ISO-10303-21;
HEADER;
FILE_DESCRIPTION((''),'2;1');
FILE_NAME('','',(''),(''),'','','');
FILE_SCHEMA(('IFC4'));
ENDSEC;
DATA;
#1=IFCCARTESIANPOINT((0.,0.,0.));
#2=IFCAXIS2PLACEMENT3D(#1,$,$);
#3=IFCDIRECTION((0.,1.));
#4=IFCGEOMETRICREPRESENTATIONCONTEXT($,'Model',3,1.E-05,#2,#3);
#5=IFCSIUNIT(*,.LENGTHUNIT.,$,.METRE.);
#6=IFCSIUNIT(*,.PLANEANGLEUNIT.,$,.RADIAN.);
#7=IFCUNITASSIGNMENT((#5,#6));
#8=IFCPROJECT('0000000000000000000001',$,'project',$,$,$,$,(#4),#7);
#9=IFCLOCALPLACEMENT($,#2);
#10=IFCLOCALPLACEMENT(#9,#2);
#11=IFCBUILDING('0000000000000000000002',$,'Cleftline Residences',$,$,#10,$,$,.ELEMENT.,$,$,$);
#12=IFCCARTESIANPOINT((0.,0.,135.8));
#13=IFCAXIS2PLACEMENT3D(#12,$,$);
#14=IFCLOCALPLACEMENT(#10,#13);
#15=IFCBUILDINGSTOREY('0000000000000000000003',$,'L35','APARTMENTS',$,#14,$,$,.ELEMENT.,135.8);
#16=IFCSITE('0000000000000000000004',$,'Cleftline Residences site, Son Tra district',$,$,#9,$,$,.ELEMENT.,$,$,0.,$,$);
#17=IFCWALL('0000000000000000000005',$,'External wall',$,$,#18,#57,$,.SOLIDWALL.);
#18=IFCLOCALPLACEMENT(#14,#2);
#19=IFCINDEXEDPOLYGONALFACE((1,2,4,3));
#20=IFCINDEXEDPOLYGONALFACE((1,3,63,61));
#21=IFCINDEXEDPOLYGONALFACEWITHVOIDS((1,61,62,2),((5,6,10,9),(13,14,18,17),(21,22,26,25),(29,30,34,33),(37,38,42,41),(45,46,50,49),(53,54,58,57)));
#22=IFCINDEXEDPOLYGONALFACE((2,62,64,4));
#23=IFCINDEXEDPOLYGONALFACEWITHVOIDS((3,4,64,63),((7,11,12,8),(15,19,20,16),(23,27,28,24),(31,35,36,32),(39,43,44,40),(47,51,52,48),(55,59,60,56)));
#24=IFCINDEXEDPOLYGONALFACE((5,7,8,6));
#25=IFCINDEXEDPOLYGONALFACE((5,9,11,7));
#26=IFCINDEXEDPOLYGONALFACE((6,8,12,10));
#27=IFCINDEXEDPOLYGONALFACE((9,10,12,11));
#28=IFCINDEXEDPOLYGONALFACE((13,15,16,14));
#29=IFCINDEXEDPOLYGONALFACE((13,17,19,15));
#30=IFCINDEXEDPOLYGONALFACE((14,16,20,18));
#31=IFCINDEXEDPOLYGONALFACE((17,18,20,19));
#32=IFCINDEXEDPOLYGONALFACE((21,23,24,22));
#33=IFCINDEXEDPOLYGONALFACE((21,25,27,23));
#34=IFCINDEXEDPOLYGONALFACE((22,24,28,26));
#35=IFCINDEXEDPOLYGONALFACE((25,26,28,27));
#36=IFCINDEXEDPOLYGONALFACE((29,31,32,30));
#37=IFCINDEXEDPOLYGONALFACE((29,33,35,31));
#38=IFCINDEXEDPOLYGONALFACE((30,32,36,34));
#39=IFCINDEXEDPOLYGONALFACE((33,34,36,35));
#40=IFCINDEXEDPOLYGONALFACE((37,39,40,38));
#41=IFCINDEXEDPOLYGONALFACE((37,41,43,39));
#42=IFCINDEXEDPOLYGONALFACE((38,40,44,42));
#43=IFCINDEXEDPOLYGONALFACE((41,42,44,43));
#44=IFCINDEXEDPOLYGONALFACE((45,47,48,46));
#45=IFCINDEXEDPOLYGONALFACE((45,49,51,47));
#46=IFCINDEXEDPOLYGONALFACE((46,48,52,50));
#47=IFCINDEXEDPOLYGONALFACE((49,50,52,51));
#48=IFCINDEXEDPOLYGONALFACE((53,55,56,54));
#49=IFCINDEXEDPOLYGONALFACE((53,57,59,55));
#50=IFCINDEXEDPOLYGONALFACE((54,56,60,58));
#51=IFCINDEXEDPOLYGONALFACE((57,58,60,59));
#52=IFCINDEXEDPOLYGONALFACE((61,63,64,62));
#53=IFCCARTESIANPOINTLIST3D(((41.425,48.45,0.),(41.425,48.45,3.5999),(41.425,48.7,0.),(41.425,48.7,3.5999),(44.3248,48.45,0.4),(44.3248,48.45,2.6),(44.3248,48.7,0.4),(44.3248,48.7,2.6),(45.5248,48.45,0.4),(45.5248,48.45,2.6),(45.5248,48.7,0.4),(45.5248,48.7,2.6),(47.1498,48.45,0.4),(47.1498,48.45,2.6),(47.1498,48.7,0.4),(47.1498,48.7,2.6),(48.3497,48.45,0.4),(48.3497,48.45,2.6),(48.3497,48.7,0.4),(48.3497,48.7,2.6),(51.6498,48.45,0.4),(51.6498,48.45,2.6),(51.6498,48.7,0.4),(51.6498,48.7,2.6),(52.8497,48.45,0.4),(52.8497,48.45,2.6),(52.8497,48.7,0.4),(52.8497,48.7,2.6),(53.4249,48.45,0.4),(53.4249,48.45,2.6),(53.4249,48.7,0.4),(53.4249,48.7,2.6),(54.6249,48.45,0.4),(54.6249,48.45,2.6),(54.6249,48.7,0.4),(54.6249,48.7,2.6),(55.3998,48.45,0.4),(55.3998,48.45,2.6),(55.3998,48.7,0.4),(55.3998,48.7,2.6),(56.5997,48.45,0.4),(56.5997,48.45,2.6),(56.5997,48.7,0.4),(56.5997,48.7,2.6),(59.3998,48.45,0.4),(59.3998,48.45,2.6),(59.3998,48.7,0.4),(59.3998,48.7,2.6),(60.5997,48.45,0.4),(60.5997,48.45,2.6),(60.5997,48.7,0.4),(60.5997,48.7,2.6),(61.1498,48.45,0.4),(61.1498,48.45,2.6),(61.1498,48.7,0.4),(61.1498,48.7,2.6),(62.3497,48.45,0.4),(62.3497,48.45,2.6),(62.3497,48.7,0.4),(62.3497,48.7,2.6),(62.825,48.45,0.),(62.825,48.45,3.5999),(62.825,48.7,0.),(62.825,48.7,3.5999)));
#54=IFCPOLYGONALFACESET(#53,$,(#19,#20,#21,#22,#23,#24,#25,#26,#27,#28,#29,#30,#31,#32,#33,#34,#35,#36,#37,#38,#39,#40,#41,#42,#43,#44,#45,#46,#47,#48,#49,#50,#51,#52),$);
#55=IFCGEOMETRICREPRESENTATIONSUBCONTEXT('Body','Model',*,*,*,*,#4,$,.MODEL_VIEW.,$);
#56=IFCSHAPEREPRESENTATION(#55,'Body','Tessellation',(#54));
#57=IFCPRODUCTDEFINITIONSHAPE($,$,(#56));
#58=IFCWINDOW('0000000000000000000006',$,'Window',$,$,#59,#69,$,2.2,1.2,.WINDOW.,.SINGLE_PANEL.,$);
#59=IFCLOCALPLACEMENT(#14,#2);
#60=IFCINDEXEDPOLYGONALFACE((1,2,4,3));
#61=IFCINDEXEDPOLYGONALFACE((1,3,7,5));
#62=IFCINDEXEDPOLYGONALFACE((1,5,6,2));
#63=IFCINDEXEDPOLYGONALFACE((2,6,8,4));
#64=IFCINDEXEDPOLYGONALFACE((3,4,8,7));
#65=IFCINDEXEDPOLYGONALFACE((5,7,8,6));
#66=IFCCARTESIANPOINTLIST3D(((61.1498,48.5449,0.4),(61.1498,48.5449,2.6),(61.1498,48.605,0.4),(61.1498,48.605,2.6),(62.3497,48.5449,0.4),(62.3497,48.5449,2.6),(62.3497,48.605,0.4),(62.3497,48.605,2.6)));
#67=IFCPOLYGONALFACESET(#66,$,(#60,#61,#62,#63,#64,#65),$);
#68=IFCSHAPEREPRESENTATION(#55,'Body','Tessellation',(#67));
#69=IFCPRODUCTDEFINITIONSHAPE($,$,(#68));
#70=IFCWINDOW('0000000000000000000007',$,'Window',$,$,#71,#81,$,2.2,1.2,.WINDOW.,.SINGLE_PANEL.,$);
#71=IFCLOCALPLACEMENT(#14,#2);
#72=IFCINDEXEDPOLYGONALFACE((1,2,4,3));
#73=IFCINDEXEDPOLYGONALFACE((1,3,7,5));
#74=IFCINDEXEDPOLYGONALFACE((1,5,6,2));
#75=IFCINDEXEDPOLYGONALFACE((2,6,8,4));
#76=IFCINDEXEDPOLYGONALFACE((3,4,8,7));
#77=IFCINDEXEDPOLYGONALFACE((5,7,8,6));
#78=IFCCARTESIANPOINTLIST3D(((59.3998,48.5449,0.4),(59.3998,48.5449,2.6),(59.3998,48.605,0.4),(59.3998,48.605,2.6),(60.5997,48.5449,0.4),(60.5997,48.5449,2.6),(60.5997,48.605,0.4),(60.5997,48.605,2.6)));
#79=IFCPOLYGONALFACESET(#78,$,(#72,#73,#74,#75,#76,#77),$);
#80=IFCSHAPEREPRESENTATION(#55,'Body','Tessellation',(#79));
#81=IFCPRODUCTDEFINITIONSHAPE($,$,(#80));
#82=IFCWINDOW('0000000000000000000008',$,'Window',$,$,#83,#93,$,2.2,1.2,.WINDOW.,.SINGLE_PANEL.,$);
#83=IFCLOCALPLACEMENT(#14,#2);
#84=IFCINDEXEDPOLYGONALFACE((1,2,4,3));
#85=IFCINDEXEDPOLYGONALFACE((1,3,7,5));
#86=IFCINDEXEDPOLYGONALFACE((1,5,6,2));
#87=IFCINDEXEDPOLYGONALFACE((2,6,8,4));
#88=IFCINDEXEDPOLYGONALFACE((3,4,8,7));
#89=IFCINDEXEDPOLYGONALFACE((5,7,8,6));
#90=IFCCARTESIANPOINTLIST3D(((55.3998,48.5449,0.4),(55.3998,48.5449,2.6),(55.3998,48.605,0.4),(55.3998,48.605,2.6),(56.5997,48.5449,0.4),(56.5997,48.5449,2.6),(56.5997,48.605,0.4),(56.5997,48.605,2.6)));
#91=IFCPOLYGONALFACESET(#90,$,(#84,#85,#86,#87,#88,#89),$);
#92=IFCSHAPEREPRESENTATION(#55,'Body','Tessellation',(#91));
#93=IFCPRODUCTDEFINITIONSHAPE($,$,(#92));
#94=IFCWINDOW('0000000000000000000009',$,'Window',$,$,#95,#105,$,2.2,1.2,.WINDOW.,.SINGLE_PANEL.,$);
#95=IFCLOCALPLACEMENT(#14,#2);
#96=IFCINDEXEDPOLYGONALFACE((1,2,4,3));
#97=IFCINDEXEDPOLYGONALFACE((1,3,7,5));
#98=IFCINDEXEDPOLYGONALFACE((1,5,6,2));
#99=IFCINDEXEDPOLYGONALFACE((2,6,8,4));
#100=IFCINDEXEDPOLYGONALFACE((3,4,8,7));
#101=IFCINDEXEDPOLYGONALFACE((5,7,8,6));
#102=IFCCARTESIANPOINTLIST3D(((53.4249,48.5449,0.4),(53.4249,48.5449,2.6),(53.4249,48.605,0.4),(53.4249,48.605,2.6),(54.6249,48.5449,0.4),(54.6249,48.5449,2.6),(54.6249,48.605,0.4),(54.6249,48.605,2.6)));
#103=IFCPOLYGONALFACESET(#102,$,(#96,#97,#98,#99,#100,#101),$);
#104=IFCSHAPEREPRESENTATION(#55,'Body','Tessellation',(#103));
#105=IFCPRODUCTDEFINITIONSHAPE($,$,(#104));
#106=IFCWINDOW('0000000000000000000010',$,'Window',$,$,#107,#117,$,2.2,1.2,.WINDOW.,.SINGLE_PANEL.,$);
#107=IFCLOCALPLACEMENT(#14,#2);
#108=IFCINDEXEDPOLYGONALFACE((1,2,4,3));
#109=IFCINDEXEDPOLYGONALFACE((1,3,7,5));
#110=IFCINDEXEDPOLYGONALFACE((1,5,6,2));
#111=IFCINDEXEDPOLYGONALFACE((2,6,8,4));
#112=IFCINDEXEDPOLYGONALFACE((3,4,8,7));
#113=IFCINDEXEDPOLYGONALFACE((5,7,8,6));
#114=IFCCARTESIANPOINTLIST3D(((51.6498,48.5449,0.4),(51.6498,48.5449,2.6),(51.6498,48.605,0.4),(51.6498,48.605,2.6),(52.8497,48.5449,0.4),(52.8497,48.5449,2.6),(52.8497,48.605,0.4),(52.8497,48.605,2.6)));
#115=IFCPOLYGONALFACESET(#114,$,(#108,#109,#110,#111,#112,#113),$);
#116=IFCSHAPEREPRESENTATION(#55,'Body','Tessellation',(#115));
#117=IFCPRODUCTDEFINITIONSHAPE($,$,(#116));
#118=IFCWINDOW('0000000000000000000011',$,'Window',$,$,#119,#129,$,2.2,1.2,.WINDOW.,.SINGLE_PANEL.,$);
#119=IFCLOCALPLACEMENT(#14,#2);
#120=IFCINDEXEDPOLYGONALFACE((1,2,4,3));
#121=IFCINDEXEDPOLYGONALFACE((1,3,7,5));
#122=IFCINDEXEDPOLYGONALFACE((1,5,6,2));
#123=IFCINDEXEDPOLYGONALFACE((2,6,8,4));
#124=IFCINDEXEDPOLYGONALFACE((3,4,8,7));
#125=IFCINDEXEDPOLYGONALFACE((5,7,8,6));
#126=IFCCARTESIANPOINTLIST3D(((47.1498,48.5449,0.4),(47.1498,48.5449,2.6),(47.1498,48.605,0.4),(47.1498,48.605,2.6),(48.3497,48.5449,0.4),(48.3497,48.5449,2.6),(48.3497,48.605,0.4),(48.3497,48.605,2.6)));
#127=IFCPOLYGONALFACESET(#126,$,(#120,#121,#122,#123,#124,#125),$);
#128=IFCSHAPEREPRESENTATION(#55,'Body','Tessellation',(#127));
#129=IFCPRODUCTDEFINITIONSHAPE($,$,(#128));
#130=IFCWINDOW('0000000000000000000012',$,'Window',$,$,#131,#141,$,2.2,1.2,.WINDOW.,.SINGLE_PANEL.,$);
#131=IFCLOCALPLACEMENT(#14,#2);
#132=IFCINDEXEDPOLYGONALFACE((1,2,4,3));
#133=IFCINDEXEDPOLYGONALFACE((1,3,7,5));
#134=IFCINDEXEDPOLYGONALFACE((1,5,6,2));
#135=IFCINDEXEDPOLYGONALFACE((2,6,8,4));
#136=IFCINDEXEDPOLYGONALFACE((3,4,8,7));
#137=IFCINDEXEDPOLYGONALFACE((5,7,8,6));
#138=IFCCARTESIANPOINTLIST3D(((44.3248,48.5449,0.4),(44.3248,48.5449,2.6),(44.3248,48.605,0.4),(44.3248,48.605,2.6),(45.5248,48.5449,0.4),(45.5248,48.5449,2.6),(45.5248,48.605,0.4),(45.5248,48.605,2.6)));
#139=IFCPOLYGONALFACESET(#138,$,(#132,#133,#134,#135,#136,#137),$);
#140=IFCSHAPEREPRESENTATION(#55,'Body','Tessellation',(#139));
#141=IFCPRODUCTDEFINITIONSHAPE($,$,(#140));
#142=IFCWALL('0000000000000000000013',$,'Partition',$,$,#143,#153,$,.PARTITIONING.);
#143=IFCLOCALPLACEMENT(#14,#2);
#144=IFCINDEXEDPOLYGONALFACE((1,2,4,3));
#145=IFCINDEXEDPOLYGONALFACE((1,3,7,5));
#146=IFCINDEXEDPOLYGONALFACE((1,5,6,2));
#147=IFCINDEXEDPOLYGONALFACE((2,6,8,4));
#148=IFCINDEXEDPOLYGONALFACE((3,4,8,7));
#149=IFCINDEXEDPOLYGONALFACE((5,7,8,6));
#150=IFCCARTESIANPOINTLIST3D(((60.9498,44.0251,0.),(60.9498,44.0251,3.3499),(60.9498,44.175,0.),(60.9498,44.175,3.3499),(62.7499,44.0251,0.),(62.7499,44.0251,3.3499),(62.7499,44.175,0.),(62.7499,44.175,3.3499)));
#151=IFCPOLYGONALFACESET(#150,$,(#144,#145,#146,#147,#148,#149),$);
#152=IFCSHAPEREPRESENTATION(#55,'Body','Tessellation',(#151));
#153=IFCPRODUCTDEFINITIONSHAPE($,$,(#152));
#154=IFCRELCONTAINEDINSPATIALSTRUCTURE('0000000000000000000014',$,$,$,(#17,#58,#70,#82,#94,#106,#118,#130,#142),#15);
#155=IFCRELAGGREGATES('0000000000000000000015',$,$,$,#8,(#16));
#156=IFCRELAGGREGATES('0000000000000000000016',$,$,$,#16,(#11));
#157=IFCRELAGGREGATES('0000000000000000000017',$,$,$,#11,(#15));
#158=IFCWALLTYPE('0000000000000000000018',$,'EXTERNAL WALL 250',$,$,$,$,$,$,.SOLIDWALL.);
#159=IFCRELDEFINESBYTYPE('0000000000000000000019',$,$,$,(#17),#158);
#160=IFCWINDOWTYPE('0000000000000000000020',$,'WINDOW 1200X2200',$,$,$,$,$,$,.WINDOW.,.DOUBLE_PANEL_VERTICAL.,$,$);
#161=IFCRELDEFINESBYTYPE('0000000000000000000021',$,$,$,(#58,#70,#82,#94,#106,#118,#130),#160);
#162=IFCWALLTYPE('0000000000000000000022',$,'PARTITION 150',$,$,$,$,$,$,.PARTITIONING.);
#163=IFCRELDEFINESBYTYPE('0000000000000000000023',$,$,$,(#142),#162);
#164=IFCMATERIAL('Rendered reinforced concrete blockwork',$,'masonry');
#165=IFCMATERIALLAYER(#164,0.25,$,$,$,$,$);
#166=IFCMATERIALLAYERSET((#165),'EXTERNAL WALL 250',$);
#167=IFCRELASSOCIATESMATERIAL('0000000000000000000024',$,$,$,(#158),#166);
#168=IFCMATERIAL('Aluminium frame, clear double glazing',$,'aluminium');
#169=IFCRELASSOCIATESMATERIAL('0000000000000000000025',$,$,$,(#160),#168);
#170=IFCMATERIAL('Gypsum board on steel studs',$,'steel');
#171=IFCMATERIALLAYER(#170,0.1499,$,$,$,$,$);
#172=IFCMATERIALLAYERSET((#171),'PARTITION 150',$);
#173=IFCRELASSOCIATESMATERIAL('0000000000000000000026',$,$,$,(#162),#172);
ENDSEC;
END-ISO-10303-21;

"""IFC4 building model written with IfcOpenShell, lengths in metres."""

from ifc_helpers import new_model, si_unit, direction, frame, frame_2d, origin, place, context, subcontext, project, spatial, rectangle, extrude, material, layer, layer_set, type_object, element, fill, save


model = new_model("IFC4")

# Units and contexts
model_context = context("Model", 3, precision=1e-05, world=origin(), true_north=direction((0.0, 1.0)))
body_context = subcontext(model_context, "Body", "Model", "MODEL_VIEW")
ifc_project = project(units=[si_unit("LENGTHUNIT", "METRE"), si_unit("PLANEANGLEUNIT", "RADIAN")], contexts=[model_context])

# Site, building, storey
site_placement = place(None, origin())
site = spatial("IfcSite", under=ifc_project, at=site_placement, Name="Cleftline Residences site, Son Tra district", CompositionType="ELEMENT", RefElevation=0.0)
building_placement = place(site_placement, origin())
building = spatial("IfcBuilding", under=site, at=building_placement, Name="Cleftline Residences", CompositionType="ELEMENT")
storey_placement = place(building_placement, frame((0.0, 0.0, 135.8)))
storey = spatial("IfcBuildingStorey", under=building, at=storey_placement, Name="L35", Description="APARTMENTS", CompositionType="ELEMENT", Elevation=135.8)

# Shared definitions
ifc_material_1 = material(Name="Rendered reinforced concrete blockwork", Category="masonry")
ifc_layer_1 = layer(ifc_material_1, 0.25)
ifc_layer_set_1 = layer_set([ifc_layer_1], Name="EXTERNAL WALL 250")
wall_type_1 = type_object("IfcWallType", Name="EXTERNAL WALL 250", PredefinedType="SOLIDWALL", material=ifc_layer_set_1)

# Wall, openings, windows
wall_1_placement = place(storey_placement, frame((62.825, 48.575, 0.0), z_axis=(0.0, 0.0, 1.0), x_axis=(-1.0, 0.0, 0.0)))
wall_1 = element("IfcWall", 1, at=wall_1_placement, inside=storey, type_object=wall_type_1, Name="External wall", PredefinedType="SOLIDWALL", context=body_context, shape_type="SweptSolid", body=[
    extrude(rectangle(XDim=21.3999, YDim=0.25, at=frame_2d((10.7, 0.0))), origin(), (0.0, 0.0, 1.0), 3.5999),
])
opening_1_placement = place(wall_1_placement, frame((0.4751, 0.0, 0.3999)))
opening_1 = element("IfcOpeningElement", 2, at=opening_1_placement, cuts=wall_1, PredefinedType="OPENING", context=body_context, shape_type="SweptSolid", body=[
    extrude(rectangle(XDim=1.2, YDim=2.2, at=frame_2d((0.6001, 1.1001))), frame((0.0, 0.135, 0.0), z_axis=(0.0, -1.0, 0.0), x_axis=(1.0, 0.0, 0.0)), (0.0, 0.0, 1.0), 0.27),
])
opening_2_placement = place(wall_1_placement, frame((2.2251, 0.0, 0.3999)))
opening_2 = element("IfcOpeningElement", 3, at=opening_2_placement, cuts=wall_1, PredefinedType="OPENING", context=body_context, shape_type="SweptSolid", body=[
    extrude(rectangle(XDim=1.2, YDim=2.2, at=frame_2d((0.6001, 1.1001))), frame((0.0, 0.135, 0.0), z_axis=(0.0, -1.0, 0.0), x_axis=(1.0, 0.0, 0.0)), (0.0, 0.0, 1.0), 0.27),
])
opening_3_placement = place(wall_1_placement, frame((6.2251, 0.0, 0.3999)))
opening_3 = element("IfcOpeningElement", 4, at=opening_3_placement, cuts=wall_1, PredefinedType="OPENING", context=body_context, shape_type="SweptSolid", body=[
    extrude(rectangle(XDim=1.2, YDim=2.2, at=frame_2d((0.6001, 1.1001))), frame((0.0, 0.135, 0.0), z_axis=(0.0, -1.0, 0.0), x_axis=(1.0, 0.0, 0.0)), (0.0, 0.0, 1.0), 0.27),
])
opening_4_placement = place(wall_1_placement, frame((8.2, 0.0, 0.3999)))
opening_4 = element("IfcOpeningElement", 5, at=opening_4_placement, cuts=wall_1, PredefinedType="OPENING", context=body_context, shape_type="SweptSolid", body=[
    extrude(rectangle(XDim=1.2, YDim=2.2, at=frame_2d((0.6001, 1.1001))), frame((0.0, 0.135, 0.0), z_axis=(0.0, -1.0, 0.0), x_axis=(1.0, 0.0, 0.0)), (0.0, 0.0, 1.0), 0.27),
])
opening_5_placement = place(wall_1_placement, frame((9.9751, 0.0, 0.3999)))
opening_5 = element("IfcOpeningElement", 6, at=opening_5_placement, cuts=wall_1, PredefinedType="OPENING", context=body_context, shape_type="SweptSolid", body=[
    extrude(rectangle(XDim=1.2, YDim=2.2, at=frame_2d((0.6001, 1.1001))), frame((0.0, 0.135, 0.0), z_axis=(0.0, -1.0, 0.0), x_axis=(1.0, 0.0, 0.0)), (0.0, 0.0, 1.0), 0.27),
])
opening_6_placement = place(wall_1_placement, frame((14.4751, 0.0, 0.3999)))
opening_6 = element("IfcOpeningElement", 7, at=opening_6_placement, cuts=wall_1, PredefinedType="OPENING", context=body_context, shape_type="SweptSolid", body=[
    extrude(rectangle(XDim=1.2, YDim=2.2, at=frame_2d((0.6001, 1.1001))), frame((0.0, 0.135, 0.0), z_axis=(0.0, -1.0, 0.0), x_axis=(1.0, 0.0, 0.0)), (0.0, 0.0, 1.0), 0.27),
])
opening_7_placement = place(wall_1_placement, frame((17.3, 0.0, 0.3999)))
opening_7 = element("IfcOpeningElement", 8, at=opening_7_placement, cuts=wall_1, PredefinedType="OPENING", context=body_context, shape_type="SweptSolid", body=[
    extrude(rectangle(XDim=1.2, YDim=2.2, at=frame_2d((0.6001, 1.1001))), frame((0.0, 0.135, 0.0), z_axis=(0.0, -1.0, 0.0), x_axis=(1.0, 0.0, 0.0)), (0.0, 0.0, 1.0), 0.27),
])
ifc_material_2 = material(Name="Aluminium frame, clear double glazing", Category="aluminium")
window_type_1 = type_object("IfcWindowType", Name="WINDOW 1200X2200", PartitioningType="DOUBLE_PANEL_VERTICAL", PredefinedType="WINDOW", material=ifc_material_2)
window_1_placement = place(opening_1_placement, origin())
window_1 = element("IfcWindow", 9, at=window_1_placement, inside=storey, type_object=window_type_1, Name="Window", OverallHeight=2.2, OverallWidth=1.2, PartitioningType="SINGLE_PANEL", PredefinedType="WINDOW", context=body_context, shape_type="SweptSolid", body=[
    extrude(rectangle(XDim=1.2, YDim=2.2, at=frame_2d((0.6001, 1.1001))), frame((0.0, 0.03, 0.0), z_axis=(0.0, -1.0, 0.0), x_axis=(1.0, 0.0, 0.0)), (0.0, 0.0, 1.0), 0.0601),
])
fill(opening_1, window_1)
window_2_placement = place(opening_2_placement, origin())
window_2 = element("IfcWindow", 10, at=window_2_placement, inside=storey, type_object=window_type_1, Name="Window", OverallHeight=2.2, OverallWidth=1.2, PartitioningType="SINGLE_PANEL", PredefinedType="WINDOW", context=body_context, shape_type="SweptSolid", body=[
    extrude(rectangle(XDim=1.2, YDim=2.2, at=frame_2d((0.6001, 1.1001))), frame((0.0, 0.03, 0.0), z_axis=(0.0, -1.0, 0.0), x_axis=(1.0, 0.0, 0.0)), (0.0, 0.0, 1.0), 0.0601),
])
fill(opening_2, window_2)
window_3_placement = place(opening_3_placement, origin())
window_3 = element("IfcWindow", 11, at=window_3_placement, inside=storey, type_object=window_type_1, Name="Window", OverallHeight=2.2, OverallWidth=1.2, PartitioningType="SINGLE_PANEL", PredefinedType="WINDOW", context=body_context, shape_type="SweptSolid", body=[
    extrude(rectangle(XDim=1.2, YDim=2.2, at=frame_2d((0.6001, 1.1001))), frame((0.0, 0.03, 0.0), z_axis=(0.0, -1.0, 0.0), x_axis=(1.0, 0.0, 0.0)), (0.0, 0.0, 1.0), 0.0601),
])
fill(opening_3, window_3)
window_4_placement = place(opening_4_placement, origin())
window_4 = element("IfcWindow", 12, at=window_4_placement, inside=storey, type_object=window_type_1, Name="Window", OverallHeight=2.2, OverallWidth=1.2, PartitioningType="SINGLE_PANEL", PredefinedType="WINDOW", context=body_context, shape_type="SweptSolid", body=[
    extrude(rectangle(XDim=1.2, YDim=2.2, at=frame_2d((0.6001, 1.1001))), frame((0.0, 0.03, 0.0), z_axis=(0.0, -1.0, 0.0), x_axis=(1.0, 0.0, 0.0)), (0.0, 0.0, 1.0), 0.0601),
])
fill(opening_4, window_4)
window_5_placement = place(opening_5_placement, origin())
window_5 = element("IfcWindow", 13, at=window_5_placement, inside=storey, type_object=window_type_1, Name="Window", OverallHeight=2.2, OverallWidth=1.2, PartitioningType="SINGLE_PANEL", PredefinedType="WINDOW", context=body_context, shape_type="SweptSolid", body=[
    extrude(rectangle(XDim=1.2, YDim=2.2, at=frame_2d((0.6001, 1.1001))), frame((0.0, 0.03, 0.0), z_axis=(0.0, -1.0, 0.0), x_axis=(1.0, 0.0, 0.0)), (0.0, 0.0, 1.0), 0.0601),
])
fill(opening_5, window_5)
window_6_placement = place(opening_6_placement, origin())
window_6 = element("IfcWindow", 14, at=window_6_placement, inside=storey, type_object=window_type_1, Name="Window", OverallHeight=2.2, OverallWidth=1.2, PartitioningType="SINGLE_PANEL", PredefinedType="WINDOW", context=body_context, shape_type="SweptSolid", body=[
    extrude(rectangle(XDim=1.2, YDim=2.2, at=frame_2d((0.6001, 1.1001))), frame((0.0, 0.03, 0.0), z_axis=(0.0, -1.0, 0.0), x_axis=(1.0, 0.0, 0.0)), (0.0, 0.0, 1.0), 0.0601),
])
fill(opening_6, window_6)
window_7_placement = place(opening_7_placement, origin())
window_7 = element("IfcWindow", 15, at=window_7_placement, inside=storey, type_object=window_type_1, Name="Window", OverallHeight=2.2, OverallWidth=1.2, PartitioningType="SINGLE_PANEL", PredefinedType="WINDOW", context=body_context, shape_type="SweptSolid", body=[
    extrude(rectangle(XDim=1.2, YDim=2.2, at=frame_2d((0.6001, 1.1001))), frame((0.0, 0.03, 0.0), z_axis=(0.0, -1.0, 0.0), x_axis=(1.0, 0.0, 0.0)), (0.0, 0.0, 1.0), 0.0601),
])
fill(opening_7, window_7)

# Wall
ifc_material_3 = material(Name="Gypsum board on steel studs", Category="steel")
ifc_layer_2 = layer(ifc_material_3, 0.1499)
ifc_layer_set_2 = layer_set([ifc_layer_2], Name="PARTITION 150")
wall_type_2 = type_object("IfcWallType", Name="PARTITION 150", PredefinedType="PARTITIONING", material=ifc_layer_set_2)
wall_2_placement = place(storey_placement, frame((60.95, 44.1001, 0.0), z_axis=(0.0, 0.0, 1.0), x_axis=(1.0, 0.0, 0.0)))
element("IfcWall", 16, at=wall_2_placement, inside=storey, type_object=wall_type_2, Name="Partition", PredefinedType="PARTITIONING", context=body_context, shape_type="SweptSolid", body=[
    extrude(rectangle(XDim=1.8, YDim=0.1499, at=frame_2d((0.8999, 0.0))), origin(), (0.0, 0.0, 1.0), 3.3499),
])

save(model, "model.ifc")
